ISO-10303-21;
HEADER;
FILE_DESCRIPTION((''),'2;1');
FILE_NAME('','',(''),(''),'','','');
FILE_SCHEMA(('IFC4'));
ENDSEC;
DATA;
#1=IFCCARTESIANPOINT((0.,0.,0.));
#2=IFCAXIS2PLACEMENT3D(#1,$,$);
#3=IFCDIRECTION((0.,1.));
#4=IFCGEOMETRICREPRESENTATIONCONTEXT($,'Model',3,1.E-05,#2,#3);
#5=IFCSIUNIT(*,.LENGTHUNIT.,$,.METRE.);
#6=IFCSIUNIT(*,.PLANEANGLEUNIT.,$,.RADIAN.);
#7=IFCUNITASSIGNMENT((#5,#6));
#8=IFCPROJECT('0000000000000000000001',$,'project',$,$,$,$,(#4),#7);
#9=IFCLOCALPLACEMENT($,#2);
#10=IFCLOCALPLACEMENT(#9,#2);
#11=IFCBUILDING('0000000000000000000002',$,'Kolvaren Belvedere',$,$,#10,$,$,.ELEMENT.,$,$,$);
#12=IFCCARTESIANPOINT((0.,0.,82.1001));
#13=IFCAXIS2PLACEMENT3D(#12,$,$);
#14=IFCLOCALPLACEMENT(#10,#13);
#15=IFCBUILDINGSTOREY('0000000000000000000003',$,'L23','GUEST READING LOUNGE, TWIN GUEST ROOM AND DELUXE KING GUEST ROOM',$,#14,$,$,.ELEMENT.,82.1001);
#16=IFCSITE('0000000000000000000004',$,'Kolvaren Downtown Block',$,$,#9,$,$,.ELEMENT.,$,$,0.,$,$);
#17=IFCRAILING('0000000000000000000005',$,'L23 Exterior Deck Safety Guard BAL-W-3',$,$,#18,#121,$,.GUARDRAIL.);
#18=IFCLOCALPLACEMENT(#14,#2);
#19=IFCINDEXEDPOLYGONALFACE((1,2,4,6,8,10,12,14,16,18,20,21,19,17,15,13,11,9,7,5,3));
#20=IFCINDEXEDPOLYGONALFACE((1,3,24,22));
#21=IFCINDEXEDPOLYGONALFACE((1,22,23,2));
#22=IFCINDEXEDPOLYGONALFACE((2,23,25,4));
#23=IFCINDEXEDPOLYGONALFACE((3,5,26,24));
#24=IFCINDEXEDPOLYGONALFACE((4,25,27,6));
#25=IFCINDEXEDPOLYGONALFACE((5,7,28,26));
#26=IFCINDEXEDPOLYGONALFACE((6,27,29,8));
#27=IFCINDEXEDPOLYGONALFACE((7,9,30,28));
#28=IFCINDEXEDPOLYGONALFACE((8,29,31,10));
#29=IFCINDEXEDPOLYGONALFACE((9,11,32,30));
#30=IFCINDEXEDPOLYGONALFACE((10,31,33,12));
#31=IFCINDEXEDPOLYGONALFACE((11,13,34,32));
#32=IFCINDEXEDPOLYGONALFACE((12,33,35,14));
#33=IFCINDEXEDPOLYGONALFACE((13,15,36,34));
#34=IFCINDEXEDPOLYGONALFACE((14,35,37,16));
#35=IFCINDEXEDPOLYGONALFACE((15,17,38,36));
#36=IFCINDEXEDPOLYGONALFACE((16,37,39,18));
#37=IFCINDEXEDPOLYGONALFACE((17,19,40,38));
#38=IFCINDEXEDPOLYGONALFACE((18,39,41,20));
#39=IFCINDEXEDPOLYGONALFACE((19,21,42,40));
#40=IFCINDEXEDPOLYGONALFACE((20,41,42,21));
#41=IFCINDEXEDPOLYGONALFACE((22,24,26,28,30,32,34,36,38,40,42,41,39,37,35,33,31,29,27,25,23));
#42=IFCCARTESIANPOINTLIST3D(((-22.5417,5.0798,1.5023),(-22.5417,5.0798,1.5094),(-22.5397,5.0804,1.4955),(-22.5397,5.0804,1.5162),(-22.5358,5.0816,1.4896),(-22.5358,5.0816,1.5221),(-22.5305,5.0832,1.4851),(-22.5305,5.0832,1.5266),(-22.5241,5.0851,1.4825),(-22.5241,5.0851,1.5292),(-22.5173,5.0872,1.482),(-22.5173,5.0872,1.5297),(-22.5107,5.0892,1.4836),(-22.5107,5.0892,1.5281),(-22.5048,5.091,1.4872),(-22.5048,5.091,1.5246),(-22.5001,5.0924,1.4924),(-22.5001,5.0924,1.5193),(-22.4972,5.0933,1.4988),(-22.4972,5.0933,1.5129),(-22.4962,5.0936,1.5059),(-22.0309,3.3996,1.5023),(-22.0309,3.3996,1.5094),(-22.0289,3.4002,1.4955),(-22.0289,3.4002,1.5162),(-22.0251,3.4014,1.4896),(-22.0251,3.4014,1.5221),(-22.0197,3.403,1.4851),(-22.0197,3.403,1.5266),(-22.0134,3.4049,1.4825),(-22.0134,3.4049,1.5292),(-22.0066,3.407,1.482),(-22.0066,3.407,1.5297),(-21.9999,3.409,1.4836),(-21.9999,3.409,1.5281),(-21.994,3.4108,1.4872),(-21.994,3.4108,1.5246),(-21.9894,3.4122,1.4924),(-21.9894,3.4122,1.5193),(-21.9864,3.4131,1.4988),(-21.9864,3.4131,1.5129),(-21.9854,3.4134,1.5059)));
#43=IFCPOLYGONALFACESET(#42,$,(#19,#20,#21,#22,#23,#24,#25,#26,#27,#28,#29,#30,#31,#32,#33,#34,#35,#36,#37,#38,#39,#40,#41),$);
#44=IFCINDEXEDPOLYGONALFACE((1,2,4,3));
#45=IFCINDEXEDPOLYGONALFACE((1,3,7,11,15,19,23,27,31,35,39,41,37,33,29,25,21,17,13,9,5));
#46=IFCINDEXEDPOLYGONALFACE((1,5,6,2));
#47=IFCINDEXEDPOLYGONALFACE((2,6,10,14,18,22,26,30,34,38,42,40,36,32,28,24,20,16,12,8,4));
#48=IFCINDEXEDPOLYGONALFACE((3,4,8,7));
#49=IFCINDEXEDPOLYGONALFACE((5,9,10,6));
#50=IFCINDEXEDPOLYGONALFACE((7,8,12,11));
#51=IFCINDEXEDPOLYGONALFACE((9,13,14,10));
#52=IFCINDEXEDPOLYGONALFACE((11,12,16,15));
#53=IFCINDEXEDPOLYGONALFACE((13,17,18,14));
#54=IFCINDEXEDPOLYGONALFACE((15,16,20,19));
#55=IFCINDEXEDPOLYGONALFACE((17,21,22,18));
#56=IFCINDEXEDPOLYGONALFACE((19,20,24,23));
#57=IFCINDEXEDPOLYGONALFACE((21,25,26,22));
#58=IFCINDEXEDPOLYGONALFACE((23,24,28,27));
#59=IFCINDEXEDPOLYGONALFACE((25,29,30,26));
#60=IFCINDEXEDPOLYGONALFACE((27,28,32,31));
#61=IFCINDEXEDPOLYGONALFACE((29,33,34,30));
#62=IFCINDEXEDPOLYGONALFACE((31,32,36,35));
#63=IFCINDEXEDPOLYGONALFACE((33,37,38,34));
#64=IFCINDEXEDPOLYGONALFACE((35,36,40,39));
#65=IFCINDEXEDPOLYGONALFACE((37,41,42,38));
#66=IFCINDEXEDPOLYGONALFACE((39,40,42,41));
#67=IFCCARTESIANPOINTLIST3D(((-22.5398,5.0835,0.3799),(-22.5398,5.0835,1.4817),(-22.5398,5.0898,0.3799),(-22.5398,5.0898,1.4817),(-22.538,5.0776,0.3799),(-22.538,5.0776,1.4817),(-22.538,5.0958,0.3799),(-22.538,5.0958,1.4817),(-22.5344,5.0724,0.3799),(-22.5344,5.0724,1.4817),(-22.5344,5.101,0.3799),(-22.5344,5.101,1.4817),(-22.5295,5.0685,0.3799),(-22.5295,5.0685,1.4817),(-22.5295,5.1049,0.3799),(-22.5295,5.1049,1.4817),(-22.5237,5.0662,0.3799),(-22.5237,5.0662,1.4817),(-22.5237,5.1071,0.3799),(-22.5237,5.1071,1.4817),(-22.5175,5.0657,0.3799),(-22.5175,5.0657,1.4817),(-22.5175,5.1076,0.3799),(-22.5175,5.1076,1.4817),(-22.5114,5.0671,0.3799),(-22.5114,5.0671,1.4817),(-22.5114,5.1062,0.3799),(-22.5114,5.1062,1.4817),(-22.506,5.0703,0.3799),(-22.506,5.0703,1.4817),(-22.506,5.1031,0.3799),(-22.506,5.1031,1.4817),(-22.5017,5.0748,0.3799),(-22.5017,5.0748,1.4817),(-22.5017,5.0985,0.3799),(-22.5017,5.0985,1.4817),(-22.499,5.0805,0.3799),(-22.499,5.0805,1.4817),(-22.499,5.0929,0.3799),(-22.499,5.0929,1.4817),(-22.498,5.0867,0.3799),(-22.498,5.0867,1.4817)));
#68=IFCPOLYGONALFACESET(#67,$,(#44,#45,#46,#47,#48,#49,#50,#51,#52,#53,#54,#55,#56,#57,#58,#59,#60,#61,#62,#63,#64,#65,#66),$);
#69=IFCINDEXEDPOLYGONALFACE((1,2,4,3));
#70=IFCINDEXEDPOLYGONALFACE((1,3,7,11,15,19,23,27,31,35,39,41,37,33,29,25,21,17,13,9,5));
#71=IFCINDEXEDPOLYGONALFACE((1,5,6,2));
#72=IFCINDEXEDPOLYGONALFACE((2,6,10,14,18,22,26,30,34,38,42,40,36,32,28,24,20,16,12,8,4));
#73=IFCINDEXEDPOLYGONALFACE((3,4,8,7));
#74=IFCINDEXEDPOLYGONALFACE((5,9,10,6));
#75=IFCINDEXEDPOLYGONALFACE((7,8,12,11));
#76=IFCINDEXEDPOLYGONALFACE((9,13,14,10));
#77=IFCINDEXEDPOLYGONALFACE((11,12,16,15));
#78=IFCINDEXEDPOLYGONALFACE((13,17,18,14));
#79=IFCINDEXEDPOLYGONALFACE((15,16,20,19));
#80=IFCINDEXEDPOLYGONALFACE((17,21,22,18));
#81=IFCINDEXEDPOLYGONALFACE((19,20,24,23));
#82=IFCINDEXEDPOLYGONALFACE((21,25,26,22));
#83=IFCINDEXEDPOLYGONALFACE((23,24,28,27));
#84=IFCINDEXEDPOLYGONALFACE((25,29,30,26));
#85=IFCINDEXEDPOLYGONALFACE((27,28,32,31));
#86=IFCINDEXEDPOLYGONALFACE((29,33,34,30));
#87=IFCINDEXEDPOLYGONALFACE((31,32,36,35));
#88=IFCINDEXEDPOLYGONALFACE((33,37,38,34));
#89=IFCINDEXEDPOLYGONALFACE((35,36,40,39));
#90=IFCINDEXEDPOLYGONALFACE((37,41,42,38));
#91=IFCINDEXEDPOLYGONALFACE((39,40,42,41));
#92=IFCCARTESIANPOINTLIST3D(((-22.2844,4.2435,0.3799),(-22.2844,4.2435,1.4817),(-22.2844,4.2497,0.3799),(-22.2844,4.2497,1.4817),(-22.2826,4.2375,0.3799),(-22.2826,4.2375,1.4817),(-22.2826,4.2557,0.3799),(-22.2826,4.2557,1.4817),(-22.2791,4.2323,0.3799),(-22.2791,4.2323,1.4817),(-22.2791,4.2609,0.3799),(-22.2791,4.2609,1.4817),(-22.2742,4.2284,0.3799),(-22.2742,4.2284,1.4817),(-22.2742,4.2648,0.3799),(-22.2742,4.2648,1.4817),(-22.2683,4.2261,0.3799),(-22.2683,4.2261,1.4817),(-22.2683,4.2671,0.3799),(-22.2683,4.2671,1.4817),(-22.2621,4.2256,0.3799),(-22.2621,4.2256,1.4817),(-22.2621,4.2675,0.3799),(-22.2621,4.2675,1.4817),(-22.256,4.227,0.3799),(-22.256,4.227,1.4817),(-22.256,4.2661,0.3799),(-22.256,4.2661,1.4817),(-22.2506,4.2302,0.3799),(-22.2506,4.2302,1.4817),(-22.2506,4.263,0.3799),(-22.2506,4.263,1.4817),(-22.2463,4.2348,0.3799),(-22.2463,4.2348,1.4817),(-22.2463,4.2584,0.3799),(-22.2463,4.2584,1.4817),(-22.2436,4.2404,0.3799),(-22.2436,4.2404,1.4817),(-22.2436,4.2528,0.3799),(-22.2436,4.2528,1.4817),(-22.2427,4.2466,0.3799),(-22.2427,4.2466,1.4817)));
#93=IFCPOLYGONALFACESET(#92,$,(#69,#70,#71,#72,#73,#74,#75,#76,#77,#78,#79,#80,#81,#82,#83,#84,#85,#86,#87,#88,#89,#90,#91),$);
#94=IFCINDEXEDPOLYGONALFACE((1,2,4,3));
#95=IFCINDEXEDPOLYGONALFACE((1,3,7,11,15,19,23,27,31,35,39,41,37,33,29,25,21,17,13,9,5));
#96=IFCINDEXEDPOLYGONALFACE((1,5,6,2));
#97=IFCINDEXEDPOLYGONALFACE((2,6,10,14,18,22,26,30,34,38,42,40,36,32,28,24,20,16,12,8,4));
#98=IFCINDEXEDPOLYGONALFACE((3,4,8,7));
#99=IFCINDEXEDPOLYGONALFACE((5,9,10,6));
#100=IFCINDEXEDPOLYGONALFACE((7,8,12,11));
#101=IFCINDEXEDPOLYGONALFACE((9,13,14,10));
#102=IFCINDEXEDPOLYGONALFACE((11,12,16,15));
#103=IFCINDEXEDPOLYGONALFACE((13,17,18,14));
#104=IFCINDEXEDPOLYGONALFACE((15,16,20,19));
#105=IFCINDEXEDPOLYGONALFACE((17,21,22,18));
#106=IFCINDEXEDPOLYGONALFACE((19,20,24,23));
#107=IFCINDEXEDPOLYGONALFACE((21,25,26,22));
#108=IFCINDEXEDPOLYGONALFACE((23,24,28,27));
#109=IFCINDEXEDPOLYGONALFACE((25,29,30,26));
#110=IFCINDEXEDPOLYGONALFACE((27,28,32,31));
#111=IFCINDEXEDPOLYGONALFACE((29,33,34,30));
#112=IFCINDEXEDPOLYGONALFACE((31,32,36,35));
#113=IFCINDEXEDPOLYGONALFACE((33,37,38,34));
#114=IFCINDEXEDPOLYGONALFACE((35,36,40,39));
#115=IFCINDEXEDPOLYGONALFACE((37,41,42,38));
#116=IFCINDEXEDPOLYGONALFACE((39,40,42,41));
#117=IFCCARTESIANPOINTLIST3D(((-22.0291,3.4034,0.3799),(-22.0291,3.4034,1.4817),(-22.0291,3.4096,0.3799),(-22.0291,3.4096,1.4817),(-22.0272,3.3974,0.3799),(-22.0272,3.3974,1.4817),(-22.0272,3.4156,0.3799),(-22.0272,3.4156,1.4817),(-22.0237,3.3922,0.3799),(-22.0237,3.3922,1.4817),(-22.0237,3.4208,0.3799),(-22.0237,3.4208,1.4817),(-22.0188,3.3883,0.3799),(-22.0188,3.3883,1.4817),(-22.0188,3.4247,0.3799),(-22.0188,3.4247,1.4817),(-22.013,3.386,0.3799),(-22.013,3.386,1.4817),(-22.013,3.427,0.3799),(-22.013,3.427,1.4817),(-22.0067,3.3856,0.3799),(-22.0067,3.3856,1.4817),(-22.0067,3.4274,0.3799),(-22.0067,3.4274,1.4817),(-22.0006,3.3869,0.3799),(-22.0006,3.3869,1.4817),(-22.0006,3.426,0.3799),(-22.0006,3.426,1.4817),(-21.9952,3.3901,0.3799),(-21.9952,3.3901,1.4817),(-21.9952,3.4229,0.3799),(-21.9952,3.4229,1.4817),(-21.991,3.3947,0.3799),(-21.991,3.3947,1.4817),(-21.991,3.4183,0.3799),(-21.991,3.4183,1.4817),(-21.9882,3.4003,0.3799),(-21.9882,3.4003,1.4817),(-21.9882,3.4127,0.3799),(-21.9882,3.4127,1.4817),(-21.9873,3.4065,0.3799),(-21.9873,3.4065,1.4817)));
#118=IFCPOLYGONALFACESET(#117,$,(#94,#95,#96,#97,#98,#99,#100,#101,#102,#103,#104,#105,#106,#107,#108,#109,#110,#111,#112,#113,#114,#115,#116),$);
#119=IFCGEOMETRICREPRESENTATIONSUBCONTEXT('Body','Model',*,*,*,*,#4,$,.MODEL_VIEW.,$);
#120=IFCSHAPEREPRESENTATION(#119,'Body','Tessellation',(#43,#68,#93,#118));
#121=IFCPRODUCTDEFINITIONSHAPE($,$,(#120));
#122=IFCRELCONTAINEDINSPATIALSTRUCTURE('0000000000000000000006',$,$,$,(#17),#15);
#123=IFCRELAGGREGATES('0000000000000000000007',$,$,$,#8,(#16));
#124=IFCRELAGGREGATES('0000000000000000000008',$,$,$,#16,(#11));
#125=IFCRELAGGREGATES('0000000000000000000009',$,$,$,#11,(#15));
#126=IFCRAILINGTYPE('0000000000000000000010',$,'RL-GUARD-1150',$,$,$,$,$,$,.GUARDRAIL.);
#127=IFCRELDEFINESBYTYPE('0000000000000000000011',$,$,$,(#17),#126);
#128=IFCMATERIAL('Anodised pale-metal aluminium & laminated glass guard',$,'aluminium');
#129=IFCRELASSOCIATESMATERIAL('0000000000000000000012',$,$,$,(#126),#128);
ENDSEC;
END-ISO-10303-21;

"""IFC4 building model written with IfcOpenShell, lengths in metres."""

from ifc_helpers import new_model, si_unit, direction, frame, origin, origin_2d, place, context, subcontext, project, spatial, circle, extrude, material, type_object, element, save


model = new_model("IFC4")

# Units and contexts
model_context = context("Model", 3, precision=1e-05, world=origin(), true_north=direction((0.0, 1.0)))
body_context = subcontext(model_context, "Body", "Model", "MODEL_VIEW")
ifc_project = project(units=[si_unit("LENGTHUNIT", "METRE"), si_unit("PLANEANGLEUNIT", "RADIAN")], contexts=[model_context])

# Site, building, storey
site_placement = place(None, origin())
site = spatial("IfcSite", under=ifc_project, at=site_placement, Name="Kolvaren Downtown Block", CompositionType="ELEMENT", RefElevation=0.0)
building_placement = place(site_placement, origin())
building = spatial("IfcBuilding", under=site, at=building_placement, Name="Kolvaren Belvedere", CompositionType="ELEMENT")
storey_placement = place(building_placement, frame((0.0, 0.0, 82.1001)))
storey = spatial("IfcBuildingStorey", under=building, at=storey_placement, Name="L23", Description="GUEST READING LOUNGE, TWIN GUEST ROOM AND DELUXE KING GUEST ROOM", CompositionType="ELEMENT", Elevation=82.1001)

# Railing
ifc_material_1 = material(Name="Anodised pale-metal aluminium & laminated glass guard", Category="aluminium")
railing_type = type_object("IfcRailingType", Name="RL-GUARD-1150", PredefinedType="GUARDRAIL", material=ifc_material_1)
railing_1_placement = place(storey_placement, frame((-22.519, 5.0867, 0.3799)))
element("IfcRailing", 1, at=railing_1_placement, inside=storey, type_object=railing_type, Name="L23 Exterior Deck Safety Guard BAL-W-3", PredefinedType="GUARDRAIL", context=body_context, shape_type="SweptSolid", body=[
    extrude(circle(Radius=0.0239, at=origin_2d()), frame((0.0, 0.0, 1.126), z_axis=(0.290841, -0.956771, 0.0), x_axis=(0.956771, 0.290841, 0.0)), (0.0, 0.0, 1.0), 1.7561),
    extrude(circle(Radius=0.021, at=origin_2d()), origin(), (0.0, 0.0, 1.0), 1.1018),
    extrude(circle(Radius=0.021, at=origin_2d()), frame((0.2554, -0.8401, 0.0)), (0.0, 0.0, 1.0), 1.1018),
    extrude(circle(Radius=0.021, at=origin_2d()), frame((0.5107, -1.6802, 0.0)), (0.0, 0.0, 1.0), 1.1018),
])

save(model, "model.ifc")
